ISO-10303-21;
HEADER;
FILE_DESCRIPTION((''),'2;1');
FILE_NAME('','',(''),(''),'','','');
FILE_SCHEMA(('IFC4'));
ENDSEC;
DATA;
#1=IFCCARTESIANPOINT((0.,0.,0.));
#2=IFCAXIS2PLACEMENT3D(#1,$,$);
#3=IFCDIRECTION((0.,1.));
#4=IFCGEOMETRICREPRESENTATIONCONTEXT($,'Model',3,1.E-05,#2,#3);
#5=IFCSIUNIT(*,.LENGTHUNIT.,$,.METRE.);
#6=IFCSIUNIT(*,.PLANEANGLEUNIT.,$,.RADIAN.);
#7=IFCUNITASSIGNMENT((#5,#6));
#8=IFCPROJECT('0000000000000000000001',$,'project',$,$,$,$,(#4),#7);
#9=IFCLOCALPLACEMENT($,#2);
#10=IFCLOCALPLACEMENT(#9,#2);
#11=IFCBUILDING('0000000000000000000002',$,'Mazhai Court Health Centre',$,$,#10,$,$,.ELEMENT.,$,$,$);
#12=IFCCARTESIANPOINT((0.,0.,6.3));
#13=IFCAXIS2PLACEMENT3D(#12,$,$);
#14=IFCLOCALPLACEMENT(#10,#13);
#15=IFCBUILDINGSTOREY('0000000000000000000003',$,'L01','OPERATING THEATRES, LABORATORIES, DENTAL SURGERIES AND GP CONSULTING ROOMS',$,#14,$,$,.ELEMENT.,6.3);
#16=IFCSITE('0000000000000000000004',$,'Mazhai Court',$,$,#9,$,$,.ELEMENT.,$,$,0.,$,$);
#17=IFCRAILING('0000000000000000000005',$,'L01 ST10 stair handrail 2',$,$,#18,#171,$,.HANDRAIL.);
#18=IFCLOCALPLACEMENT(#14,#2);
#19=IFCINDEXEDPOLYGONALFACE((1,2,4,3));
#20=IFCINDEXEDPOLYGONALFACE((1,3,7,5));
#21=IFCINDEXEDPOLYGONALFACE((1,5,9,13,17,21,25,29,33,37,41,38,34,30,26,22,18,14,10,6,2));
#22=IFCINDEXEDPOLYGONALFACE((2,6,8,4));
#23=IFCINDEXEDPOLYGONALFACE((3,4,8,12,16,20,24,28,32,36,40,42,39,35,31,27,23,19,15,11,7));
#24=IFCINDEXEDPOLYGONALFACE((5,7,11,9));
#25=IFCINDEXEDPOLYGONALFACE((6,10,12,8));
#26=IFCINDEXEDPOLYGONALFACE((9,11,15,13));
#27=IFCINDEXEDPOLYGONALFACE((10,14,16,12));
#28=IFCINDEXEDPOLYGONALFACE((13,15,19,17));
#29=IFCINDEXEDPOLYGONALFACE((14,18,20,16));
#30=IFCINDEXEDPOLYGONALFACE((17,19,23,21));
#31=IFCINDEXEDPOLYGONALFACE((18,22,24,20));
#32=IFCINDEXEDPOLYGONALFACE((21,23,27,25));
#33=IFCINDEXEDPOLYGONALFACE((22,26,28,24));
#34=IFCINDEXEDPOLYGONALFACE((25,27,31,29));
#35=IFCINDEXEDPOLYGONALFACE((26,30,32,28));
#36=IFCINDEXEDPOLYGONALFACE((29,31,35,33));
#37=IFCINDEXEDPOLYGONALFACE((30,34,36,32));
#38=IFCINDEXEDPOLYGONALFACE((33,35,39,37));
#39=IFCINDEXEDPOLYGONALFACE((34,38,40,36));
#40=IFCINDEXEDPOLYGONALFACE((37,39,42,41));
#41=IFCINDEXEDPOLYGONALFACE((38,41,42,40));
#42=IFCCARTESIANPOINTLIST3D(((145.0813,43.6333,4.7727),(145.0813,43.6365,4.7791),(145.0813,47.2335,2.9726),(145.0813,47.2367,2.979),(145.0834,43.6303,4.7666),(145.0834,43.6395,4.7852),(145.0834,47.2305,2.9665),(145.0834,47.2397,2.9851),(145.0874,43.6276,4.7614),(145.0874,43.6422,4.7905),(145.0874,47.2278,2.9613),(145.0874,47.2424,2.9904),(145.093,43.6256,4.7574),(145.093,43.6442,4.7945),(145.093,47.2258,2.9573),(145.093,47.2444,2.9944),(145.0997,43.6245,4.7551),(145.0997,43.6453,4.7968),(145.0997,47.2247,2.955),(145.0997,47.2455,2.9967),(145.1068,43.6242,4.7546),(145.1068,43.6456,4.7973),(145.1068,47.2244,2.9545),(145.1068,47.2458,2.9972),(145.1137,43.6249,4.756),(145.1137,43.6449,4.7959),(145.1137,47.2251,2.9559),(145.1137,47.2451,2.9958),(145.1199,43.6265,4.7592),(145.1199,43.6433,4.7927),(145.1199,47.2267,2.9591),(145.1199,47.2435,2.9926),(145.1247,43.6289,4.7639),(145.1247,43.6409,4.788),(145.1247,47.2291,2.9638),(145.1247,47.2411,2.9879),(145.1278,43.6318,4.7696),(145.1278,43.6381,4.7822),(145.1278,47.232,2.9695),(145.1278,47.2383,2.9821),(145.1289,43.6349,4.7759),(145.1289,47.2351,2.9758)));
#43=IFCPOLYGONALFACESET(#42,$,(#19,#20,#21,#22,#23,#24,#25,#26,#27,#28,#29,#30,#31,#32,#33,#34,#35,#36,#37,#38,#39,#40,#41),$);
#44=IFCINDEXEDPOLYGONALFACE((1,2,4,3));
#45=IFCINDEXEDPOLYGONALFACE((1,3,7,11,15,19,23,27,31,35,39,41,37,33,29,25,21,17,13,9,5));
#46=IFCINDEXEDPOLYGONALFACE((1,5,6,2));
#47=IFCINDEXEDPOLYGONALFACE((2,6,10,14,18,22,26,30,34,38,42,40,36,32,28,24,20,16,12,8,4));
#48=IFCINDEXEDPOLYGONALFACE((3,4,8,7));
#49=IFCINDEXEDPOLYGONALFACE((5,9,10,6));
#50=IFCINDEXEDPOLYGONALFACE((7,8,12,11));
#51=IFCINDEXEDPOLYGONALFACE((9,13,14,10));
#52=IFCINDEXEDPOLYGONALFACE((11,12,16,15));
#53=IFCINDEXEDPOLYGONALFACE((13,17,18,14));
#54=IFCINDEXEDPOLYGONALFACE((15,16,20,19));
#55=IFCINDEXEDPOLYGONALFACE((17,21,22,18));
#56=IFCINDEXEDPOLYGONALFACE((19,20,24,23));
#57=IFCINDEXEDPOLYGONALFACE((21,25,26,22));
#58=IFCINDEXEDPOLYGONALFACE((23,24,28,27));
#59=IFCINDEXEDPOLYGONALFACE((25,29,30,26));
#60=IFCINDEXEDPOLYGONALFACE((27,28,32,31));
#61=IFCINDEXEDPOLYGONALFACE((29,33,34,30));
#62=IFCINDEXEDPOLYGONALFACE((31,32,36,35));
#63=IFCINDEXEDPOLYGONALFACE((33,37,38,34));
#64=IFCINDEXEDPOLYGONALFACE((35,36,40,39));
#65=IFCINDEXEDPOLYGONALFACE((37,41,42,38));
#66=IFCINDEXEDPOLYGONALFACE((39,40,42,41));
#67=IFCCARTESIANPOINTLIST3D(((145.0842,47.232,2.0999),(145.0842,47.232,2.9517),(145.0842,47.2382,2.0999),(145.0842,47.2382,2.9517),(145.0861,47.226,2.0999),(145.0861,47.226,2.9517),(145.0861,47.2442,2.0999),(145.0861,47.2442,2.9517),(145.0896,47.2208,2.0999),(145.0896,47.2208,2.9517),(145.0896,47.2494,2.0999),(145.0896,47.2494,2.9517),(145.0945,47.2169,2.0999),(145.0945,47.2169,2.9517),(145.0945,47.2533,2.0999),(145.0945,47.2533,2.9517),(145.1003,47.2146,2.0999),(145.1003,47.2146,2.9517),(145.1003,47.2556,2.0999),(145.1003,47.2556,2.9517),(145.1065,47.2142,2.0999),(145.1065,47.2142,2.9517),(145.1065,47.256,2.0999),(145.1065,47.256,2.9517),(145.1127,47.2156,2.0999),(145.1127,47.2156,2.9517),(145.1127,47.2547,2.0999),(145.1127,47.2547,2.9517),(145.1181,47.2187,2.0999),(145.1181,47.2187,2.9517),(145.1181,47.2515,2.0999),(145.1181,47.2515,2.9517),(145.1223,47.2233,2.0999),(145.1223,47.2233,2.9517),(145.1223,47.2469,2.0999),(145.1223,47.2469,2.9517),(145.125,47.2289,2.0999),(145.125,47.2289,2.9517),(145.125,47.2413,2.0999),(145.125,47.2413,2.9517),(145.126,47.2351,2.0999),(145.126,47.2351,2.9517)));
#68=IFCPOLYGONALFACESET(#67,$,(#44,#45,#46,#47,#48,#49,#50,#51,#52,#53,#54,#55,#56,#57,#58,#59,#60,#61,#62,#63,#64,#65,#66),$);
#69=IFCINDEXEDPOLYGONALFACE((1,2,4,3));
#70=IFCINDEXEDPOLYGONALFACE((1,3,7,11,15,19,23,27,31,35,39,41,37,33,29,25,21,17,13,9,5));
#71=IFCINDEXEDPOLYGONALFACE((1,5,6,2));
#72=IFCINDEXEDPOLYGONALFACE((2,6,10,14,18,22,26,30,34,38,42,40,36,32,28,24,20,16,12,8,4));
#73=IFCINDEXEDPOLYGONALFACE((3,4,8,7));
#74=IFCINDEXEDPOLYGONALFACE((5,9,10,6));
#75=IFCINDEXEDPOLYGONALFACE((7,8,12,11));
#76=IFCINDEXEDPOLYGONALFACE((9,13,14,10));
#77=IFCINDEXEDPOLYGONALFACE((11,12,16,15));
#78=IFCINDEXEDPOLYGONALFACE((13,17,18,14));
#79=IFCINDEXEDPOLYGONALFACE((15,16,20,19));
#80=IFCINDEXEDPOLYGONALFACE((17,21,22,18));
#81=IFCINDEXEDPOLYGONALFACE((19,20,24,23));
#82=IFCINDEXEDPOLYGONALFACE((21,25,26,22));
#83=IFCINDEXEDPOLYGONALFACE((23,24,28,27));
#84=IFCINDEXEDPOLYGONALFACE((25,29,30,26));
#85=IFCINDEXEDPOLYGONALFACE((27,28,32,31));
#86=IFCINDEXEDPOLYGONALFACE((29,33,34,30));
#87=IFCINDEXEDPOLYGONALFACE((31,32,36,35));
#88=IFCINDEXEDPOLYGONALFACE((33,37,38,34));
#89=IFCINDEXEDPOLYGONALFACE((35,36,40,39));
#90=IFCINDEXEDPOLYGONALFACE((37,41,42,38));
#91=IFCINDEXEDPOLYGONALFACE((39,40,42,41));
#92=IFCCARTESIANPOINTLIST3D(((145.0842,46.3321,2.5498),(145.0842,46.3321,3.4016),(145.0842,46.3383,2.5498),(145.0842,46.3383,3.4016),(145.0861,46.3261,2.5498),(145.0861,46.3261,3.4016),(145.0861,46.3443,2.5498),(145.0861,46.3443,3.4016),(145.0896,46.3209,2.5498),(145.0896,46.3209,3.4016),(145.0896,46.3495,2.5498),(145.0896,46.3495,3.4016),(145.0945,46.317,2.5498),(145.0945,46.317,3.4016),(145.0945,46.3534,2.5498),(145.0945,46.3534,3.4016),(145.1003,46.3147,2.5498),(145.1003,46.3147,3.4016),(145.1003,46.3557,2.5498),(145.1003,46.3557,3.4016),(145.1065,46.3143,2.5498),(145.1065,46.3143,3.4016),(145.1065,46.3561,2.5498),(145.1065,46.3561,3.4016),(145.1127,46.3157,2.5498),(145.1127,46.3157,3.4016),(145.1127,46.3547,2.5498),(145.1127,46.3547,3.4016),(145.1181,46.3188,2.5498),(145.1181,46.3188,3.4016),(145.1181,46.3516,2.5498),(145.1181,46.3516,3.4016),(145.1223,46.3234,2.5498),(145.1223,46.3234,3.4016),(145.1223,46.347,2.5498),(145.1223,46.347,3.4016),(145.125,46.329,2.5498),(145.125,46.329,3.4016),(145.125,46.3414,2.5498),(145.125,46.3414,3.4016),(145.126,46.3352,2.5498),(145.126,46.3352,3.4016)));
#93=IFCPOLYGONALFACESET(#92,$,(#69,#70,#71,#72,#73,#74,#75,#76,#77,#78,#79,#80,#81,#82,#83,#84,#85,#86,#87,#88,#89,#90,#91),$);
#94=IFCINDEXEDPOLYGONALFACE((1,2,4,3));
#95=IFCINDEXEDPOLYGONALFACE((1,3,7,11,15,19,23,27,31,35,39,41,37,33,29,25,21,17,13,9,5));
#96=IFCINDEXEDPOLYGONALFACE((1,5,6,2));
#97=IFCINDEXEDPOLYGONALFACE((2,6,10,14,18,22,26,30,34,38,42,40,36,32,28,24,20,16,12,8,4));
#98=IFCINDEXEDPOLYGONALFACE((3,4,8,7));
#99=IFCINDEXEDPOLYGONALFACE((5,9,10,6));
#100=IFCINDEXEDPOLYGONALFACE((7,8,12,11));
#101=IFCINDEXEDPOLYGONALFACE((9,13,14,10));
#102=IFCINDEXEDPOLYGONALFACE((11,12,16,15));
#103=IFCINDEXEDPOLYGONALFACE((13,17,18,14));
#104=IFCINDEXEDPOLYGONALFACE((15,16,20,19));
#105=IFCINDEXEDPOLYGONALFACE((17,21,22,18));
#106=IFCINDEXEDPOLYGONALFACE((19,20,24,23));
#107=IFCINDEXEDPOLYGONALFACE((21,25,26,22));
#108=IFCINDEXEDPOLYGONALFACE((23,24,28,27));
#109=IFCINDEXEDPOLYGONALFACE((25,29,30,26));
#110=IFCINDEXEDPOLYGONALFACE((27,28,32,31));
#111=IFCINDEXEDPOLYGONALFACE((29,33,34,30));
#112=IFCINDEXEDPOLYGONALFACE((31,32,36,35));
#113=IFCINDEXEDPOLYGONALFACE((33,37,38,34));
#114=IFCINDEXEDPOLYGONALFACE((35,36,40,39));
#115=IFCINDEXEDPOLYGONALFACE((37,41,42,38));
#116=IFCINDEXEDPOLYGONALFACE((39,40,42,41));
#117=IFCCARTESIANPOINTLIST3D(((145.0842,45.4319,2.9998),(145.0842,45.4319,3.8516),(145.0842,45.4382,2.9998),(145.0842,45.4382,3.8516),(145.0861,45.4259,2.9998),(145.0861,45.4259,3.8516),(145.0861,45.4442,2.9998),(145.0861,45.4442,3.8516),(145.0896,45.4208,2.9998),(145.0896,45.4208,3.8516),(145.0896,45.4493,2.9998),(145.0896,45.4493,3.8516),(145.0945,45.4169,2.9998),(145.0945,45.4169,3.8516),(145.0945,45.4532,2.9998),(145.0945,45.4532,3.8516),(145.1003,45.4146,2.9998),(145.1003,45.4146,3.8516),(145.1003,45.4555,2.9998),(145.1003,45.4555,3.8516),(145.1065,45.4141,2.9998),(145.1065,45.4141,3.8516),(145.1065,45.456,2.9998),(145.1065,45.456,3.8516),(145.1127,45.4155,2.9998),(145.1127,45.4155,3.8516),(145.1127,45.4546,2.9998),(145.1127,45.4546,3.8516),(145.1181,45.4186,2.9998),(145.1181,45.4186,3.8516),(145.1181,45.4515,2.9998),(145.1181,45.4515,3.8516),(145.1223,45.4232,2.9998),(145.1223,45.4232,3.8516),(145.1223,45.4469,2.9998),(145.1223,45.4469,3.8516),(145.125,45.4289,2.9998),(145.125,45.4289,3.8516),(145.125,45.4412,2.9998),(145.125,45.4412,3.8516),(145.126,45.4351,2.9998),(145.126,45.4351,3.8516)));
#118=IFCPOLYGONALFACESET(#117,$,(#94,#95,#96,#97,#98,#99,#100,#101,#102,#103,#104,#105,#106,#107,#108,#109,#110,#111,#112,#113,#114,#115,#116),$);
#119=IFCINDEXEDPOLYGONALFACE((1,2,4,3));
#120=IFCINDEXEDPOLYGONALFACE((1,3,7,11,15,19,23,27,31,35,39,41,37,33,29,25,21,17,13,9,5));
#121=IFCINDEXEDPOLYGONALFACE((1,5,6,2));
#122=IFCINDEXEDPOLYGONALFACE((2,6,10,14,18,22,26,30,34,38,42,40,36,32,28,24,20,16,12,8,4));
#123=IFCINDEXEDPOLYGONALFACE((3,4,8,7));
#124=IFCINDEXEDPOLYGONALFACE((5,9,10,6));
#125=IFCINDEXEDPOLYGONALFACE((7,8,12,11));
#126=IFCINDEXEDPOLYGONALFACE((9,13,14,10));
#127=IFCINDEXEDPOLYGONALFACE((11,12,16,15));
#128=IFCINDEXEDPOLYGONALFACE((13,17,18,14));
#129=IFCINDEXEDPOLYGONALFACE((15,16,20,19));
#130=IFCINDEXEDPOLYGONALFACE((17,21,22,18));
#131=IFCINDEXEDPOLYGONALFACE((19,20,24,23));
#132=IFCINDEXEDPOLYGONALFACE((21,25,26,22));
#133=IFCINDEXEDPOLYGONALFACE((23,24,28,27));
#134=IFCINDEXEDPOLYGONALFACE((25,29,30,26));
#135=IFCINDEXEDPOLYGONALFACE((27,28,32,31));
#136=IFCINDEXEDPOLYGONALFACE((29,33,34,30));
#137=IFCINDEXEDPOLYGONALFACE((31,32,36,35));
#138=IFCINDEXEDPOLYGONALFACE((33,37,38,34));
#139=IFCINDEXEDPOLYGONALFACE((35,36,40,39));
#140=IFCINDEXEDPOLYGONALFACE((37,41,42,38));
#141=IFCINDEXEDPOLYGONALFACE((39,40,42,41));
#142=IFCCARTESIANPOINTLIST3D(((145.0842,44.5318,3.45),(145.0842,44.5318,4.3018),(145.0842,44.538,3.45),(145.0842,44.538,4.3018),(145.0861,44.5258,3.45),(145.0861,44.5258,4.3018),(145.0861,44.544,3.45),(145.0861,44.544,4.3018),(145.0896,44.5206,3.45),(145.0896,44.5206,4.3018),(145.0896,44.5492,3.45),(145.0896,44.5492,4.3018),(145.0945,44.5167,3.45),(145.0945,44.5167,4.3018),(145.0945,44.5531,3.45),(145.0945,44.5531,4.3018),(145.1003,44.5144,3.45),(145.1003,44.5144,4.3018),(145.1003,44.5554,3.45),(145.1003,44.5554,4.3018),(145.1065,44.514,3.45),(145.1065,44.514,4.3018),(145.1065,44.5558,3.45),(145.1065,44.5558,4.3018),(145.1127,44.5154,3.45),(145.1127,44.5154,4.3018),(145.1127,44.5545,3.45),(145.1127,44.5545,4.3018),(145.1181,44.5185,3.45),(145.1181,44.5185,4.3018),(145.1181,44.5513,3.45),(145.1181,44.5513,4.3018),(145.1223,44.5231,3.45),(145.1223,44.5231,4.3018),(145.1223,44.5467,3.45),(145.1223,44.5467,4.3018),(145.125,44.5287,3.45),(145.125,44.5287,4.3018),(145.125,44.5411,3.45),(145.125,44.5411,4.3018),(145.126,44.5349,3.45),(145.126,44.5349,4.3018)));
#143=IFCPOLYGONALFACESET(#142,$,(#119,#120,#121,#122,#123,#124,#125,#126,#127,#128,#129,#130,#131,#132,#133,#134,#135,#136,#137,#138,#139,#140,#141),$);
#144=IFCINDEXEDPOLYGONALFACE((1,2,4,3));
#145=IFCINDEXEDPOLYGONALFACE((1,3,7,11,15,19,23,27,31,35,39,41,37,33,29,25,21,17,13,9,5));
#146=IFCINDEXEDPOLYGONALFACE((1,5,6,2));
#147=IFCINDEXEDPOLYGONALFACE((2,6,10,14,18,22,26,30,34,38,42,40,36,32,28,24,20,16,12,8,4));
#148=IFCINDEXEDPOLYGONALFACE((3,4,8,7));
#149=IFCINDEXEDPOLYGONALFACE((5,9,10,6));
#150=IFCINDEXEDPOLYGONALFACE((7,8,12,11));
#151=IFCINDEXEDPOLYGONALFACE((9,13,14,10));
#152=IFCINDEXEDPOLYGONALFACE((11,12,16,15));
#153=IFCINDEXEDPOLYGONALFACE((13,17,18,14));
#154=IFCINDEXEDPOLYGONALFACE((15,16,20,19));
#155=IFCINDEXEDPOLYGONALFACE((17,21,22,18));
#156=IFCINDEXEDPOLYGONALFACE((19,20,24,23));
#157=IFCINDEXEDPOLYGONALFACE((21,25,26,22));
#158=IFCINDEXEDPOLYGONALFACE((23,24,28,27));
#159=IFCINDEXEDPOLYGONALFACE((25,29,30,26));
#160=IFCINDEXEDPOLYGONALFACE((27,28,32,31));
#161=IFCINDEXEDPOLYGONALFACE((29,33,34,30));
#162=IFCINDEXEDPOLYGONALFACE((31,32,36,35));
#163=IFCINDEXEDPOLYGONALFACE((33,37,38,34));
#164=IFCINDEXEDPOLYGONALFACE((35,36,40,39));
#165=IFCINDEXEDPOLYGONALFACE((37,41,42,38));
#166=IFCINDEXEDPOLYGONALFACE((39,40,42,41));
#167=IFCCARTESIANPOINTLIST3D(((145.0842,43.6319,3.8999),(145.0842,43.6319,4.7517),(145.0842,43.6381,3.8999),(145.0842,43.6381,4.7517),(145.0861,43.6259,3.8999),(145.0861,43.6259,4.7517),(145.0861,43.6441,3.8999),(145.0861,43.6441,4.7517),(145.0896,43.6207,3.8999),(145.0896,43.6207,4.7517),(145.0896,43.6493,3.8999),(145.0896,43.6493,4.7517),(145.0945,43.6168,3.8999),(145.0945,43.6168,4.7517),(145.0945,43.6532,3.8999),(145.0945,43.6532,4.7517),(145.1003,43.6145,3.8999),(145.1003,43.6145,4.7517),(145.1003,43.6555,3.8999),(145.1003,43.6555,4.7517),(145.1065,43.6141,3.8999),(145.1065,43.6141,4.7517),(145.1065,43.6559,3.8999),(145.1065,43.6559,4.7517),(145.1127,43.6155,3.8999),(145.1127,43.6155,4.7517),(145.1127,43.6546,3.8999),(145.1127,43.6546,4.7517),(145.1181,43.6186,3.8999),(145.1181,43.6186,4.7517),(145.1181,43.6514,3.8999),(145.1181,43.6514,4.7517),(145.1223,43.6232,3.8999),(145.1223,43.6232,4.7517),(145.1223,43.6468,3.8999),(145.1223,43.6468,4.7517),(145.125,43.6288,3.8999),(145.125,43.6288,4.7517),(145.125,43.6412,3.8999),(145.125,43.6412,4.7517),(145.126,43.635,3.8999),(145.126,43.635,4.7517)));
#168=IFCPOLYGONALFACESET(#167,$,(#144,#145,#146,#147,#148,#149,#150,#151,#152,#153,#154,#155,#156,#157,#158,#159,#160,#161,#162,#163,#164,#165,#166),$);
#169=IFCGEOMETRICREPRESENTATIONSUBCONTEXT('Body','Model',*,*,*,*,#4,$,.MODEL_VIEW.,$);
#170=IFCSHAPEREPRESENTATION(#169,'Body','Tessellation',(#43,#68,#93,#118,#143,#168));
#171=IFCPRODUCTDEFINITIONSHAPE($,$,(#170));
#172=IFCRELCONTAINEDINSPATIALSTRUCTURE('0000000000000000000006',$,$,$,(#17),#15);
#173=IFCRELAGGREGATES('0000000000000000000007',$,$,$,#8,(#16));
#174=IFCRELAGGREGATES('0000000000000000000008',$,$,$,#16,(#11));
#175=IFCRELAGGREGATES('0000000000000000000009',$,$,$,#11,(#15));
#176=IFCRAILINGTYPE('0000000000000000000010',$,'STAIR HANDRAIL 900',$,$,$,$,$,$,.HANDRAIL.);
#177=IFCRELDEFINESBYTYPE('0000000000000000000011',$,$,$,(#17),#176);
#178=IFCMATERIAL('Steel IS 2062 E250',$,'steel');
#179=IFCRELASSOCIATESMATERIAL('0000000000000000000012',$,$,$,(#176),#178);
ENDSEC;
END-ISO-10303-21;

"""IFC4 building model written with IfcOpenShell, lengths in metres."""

from ifc_helpers import new_model, si_unit, direction, frame, origin, origin_2d, place, context, subcontext, project, spatial, circle, extrude, material, type_object, element, save


model = new_model("IFC4")

# Units and contexts
model_context = context("Model", 3, precision=1e-05, world=origin(), true_north=direction((0.0, 1.0)))
body_context = subcontext(model_context, "Body", "Model", "MODEL_VIEW")
ifc_project = project(units=[si_unit("LENGTHUNIT", "METRE"), si_unit("PLANEANGLEUNIT", "RADIAN")], contexts=[model_context])

# Site, building, storey
site_placement = place(None, origin())
site = spatial("IfcSite", under=ifc_project, at=site_placement, Name="Mazhai Court", CompositionType="ELEMENT", RefElevation=0.0)
building_placement = place(site_placement, origin())
building = spatial("IfcBuilding", under=site, at=building_placement, Name="Mazhai Court Health Centre", CompositionType="ELEMENT")
storey_placement = place(building_placement, frame((0.0, 0.0, 6.3)))
storey = spatial("IfcBuildingStorey", under=building, at=storey_placement, Name="L01", Description="OPERATING THEATRES, LABORATORIES, DENTAL SURGERIES AND GP CONSULTING ROOMS", CompositionType="ELEMENT", Elevation=6.3)

# Railing
ifc_material_1 = material(Name="Steel IS 2062 E250", Category="steel")
railing_type = type_object("IfcRailingType", Name="STAIR HANDRAIL 900", PredefinedType="HANDRAIL", material=ifc_material_1)
railing_placement = place(storey_placement, frame((145.105, 47.2351, 2.0999)))
element("IfcRailing", 1, at=railing_placement, inside=storey, type_object=railing_type, Name="L01 ST10 stair handrail 2", PredefinedType="HANDRAIL", context=body_context, shape_type="SweptSolid", body=[
    extrude(circle(Radius=0.0239, at=origin_2d()), frame((0.0, 0.0, 0.876), z_axis=(0.0, -0.894427, 0.447214), x_axis=(1.0, 0.0, 0.0)), (0.0, 0.0, 1.0), 4.0251),
    extrude(circle(Radius=0.021, at=origin_2d()), origin(), (0.0, 0.0, 1.0), 0.8518),
    extrude(circle(Radius=0.021, at=origin_2d()), frame((0.0, -0.8999, 0.45)), (0.0, 0.0, 1.0), 0.8518),
    extrude(circle(Radius=0.021, at=origin_2d()), frame((0.0, -1.8, 0.8999)), (0.0, 0.0, 1.0), 0.8518),
    extrude(circle(Radius=0.021, at=origin_2d()), frame((0.0, -2.7002, 1.3501)), (0.0, 0.0, 1.0), 0.8518),
    extrude(circle(Radius=0.021, at=origin_2d()), frame((0.0, -3.6001, 1.8)), (0.0, 0.0, 1.0), 0.8518),
])

save(model, "model.ifc")
